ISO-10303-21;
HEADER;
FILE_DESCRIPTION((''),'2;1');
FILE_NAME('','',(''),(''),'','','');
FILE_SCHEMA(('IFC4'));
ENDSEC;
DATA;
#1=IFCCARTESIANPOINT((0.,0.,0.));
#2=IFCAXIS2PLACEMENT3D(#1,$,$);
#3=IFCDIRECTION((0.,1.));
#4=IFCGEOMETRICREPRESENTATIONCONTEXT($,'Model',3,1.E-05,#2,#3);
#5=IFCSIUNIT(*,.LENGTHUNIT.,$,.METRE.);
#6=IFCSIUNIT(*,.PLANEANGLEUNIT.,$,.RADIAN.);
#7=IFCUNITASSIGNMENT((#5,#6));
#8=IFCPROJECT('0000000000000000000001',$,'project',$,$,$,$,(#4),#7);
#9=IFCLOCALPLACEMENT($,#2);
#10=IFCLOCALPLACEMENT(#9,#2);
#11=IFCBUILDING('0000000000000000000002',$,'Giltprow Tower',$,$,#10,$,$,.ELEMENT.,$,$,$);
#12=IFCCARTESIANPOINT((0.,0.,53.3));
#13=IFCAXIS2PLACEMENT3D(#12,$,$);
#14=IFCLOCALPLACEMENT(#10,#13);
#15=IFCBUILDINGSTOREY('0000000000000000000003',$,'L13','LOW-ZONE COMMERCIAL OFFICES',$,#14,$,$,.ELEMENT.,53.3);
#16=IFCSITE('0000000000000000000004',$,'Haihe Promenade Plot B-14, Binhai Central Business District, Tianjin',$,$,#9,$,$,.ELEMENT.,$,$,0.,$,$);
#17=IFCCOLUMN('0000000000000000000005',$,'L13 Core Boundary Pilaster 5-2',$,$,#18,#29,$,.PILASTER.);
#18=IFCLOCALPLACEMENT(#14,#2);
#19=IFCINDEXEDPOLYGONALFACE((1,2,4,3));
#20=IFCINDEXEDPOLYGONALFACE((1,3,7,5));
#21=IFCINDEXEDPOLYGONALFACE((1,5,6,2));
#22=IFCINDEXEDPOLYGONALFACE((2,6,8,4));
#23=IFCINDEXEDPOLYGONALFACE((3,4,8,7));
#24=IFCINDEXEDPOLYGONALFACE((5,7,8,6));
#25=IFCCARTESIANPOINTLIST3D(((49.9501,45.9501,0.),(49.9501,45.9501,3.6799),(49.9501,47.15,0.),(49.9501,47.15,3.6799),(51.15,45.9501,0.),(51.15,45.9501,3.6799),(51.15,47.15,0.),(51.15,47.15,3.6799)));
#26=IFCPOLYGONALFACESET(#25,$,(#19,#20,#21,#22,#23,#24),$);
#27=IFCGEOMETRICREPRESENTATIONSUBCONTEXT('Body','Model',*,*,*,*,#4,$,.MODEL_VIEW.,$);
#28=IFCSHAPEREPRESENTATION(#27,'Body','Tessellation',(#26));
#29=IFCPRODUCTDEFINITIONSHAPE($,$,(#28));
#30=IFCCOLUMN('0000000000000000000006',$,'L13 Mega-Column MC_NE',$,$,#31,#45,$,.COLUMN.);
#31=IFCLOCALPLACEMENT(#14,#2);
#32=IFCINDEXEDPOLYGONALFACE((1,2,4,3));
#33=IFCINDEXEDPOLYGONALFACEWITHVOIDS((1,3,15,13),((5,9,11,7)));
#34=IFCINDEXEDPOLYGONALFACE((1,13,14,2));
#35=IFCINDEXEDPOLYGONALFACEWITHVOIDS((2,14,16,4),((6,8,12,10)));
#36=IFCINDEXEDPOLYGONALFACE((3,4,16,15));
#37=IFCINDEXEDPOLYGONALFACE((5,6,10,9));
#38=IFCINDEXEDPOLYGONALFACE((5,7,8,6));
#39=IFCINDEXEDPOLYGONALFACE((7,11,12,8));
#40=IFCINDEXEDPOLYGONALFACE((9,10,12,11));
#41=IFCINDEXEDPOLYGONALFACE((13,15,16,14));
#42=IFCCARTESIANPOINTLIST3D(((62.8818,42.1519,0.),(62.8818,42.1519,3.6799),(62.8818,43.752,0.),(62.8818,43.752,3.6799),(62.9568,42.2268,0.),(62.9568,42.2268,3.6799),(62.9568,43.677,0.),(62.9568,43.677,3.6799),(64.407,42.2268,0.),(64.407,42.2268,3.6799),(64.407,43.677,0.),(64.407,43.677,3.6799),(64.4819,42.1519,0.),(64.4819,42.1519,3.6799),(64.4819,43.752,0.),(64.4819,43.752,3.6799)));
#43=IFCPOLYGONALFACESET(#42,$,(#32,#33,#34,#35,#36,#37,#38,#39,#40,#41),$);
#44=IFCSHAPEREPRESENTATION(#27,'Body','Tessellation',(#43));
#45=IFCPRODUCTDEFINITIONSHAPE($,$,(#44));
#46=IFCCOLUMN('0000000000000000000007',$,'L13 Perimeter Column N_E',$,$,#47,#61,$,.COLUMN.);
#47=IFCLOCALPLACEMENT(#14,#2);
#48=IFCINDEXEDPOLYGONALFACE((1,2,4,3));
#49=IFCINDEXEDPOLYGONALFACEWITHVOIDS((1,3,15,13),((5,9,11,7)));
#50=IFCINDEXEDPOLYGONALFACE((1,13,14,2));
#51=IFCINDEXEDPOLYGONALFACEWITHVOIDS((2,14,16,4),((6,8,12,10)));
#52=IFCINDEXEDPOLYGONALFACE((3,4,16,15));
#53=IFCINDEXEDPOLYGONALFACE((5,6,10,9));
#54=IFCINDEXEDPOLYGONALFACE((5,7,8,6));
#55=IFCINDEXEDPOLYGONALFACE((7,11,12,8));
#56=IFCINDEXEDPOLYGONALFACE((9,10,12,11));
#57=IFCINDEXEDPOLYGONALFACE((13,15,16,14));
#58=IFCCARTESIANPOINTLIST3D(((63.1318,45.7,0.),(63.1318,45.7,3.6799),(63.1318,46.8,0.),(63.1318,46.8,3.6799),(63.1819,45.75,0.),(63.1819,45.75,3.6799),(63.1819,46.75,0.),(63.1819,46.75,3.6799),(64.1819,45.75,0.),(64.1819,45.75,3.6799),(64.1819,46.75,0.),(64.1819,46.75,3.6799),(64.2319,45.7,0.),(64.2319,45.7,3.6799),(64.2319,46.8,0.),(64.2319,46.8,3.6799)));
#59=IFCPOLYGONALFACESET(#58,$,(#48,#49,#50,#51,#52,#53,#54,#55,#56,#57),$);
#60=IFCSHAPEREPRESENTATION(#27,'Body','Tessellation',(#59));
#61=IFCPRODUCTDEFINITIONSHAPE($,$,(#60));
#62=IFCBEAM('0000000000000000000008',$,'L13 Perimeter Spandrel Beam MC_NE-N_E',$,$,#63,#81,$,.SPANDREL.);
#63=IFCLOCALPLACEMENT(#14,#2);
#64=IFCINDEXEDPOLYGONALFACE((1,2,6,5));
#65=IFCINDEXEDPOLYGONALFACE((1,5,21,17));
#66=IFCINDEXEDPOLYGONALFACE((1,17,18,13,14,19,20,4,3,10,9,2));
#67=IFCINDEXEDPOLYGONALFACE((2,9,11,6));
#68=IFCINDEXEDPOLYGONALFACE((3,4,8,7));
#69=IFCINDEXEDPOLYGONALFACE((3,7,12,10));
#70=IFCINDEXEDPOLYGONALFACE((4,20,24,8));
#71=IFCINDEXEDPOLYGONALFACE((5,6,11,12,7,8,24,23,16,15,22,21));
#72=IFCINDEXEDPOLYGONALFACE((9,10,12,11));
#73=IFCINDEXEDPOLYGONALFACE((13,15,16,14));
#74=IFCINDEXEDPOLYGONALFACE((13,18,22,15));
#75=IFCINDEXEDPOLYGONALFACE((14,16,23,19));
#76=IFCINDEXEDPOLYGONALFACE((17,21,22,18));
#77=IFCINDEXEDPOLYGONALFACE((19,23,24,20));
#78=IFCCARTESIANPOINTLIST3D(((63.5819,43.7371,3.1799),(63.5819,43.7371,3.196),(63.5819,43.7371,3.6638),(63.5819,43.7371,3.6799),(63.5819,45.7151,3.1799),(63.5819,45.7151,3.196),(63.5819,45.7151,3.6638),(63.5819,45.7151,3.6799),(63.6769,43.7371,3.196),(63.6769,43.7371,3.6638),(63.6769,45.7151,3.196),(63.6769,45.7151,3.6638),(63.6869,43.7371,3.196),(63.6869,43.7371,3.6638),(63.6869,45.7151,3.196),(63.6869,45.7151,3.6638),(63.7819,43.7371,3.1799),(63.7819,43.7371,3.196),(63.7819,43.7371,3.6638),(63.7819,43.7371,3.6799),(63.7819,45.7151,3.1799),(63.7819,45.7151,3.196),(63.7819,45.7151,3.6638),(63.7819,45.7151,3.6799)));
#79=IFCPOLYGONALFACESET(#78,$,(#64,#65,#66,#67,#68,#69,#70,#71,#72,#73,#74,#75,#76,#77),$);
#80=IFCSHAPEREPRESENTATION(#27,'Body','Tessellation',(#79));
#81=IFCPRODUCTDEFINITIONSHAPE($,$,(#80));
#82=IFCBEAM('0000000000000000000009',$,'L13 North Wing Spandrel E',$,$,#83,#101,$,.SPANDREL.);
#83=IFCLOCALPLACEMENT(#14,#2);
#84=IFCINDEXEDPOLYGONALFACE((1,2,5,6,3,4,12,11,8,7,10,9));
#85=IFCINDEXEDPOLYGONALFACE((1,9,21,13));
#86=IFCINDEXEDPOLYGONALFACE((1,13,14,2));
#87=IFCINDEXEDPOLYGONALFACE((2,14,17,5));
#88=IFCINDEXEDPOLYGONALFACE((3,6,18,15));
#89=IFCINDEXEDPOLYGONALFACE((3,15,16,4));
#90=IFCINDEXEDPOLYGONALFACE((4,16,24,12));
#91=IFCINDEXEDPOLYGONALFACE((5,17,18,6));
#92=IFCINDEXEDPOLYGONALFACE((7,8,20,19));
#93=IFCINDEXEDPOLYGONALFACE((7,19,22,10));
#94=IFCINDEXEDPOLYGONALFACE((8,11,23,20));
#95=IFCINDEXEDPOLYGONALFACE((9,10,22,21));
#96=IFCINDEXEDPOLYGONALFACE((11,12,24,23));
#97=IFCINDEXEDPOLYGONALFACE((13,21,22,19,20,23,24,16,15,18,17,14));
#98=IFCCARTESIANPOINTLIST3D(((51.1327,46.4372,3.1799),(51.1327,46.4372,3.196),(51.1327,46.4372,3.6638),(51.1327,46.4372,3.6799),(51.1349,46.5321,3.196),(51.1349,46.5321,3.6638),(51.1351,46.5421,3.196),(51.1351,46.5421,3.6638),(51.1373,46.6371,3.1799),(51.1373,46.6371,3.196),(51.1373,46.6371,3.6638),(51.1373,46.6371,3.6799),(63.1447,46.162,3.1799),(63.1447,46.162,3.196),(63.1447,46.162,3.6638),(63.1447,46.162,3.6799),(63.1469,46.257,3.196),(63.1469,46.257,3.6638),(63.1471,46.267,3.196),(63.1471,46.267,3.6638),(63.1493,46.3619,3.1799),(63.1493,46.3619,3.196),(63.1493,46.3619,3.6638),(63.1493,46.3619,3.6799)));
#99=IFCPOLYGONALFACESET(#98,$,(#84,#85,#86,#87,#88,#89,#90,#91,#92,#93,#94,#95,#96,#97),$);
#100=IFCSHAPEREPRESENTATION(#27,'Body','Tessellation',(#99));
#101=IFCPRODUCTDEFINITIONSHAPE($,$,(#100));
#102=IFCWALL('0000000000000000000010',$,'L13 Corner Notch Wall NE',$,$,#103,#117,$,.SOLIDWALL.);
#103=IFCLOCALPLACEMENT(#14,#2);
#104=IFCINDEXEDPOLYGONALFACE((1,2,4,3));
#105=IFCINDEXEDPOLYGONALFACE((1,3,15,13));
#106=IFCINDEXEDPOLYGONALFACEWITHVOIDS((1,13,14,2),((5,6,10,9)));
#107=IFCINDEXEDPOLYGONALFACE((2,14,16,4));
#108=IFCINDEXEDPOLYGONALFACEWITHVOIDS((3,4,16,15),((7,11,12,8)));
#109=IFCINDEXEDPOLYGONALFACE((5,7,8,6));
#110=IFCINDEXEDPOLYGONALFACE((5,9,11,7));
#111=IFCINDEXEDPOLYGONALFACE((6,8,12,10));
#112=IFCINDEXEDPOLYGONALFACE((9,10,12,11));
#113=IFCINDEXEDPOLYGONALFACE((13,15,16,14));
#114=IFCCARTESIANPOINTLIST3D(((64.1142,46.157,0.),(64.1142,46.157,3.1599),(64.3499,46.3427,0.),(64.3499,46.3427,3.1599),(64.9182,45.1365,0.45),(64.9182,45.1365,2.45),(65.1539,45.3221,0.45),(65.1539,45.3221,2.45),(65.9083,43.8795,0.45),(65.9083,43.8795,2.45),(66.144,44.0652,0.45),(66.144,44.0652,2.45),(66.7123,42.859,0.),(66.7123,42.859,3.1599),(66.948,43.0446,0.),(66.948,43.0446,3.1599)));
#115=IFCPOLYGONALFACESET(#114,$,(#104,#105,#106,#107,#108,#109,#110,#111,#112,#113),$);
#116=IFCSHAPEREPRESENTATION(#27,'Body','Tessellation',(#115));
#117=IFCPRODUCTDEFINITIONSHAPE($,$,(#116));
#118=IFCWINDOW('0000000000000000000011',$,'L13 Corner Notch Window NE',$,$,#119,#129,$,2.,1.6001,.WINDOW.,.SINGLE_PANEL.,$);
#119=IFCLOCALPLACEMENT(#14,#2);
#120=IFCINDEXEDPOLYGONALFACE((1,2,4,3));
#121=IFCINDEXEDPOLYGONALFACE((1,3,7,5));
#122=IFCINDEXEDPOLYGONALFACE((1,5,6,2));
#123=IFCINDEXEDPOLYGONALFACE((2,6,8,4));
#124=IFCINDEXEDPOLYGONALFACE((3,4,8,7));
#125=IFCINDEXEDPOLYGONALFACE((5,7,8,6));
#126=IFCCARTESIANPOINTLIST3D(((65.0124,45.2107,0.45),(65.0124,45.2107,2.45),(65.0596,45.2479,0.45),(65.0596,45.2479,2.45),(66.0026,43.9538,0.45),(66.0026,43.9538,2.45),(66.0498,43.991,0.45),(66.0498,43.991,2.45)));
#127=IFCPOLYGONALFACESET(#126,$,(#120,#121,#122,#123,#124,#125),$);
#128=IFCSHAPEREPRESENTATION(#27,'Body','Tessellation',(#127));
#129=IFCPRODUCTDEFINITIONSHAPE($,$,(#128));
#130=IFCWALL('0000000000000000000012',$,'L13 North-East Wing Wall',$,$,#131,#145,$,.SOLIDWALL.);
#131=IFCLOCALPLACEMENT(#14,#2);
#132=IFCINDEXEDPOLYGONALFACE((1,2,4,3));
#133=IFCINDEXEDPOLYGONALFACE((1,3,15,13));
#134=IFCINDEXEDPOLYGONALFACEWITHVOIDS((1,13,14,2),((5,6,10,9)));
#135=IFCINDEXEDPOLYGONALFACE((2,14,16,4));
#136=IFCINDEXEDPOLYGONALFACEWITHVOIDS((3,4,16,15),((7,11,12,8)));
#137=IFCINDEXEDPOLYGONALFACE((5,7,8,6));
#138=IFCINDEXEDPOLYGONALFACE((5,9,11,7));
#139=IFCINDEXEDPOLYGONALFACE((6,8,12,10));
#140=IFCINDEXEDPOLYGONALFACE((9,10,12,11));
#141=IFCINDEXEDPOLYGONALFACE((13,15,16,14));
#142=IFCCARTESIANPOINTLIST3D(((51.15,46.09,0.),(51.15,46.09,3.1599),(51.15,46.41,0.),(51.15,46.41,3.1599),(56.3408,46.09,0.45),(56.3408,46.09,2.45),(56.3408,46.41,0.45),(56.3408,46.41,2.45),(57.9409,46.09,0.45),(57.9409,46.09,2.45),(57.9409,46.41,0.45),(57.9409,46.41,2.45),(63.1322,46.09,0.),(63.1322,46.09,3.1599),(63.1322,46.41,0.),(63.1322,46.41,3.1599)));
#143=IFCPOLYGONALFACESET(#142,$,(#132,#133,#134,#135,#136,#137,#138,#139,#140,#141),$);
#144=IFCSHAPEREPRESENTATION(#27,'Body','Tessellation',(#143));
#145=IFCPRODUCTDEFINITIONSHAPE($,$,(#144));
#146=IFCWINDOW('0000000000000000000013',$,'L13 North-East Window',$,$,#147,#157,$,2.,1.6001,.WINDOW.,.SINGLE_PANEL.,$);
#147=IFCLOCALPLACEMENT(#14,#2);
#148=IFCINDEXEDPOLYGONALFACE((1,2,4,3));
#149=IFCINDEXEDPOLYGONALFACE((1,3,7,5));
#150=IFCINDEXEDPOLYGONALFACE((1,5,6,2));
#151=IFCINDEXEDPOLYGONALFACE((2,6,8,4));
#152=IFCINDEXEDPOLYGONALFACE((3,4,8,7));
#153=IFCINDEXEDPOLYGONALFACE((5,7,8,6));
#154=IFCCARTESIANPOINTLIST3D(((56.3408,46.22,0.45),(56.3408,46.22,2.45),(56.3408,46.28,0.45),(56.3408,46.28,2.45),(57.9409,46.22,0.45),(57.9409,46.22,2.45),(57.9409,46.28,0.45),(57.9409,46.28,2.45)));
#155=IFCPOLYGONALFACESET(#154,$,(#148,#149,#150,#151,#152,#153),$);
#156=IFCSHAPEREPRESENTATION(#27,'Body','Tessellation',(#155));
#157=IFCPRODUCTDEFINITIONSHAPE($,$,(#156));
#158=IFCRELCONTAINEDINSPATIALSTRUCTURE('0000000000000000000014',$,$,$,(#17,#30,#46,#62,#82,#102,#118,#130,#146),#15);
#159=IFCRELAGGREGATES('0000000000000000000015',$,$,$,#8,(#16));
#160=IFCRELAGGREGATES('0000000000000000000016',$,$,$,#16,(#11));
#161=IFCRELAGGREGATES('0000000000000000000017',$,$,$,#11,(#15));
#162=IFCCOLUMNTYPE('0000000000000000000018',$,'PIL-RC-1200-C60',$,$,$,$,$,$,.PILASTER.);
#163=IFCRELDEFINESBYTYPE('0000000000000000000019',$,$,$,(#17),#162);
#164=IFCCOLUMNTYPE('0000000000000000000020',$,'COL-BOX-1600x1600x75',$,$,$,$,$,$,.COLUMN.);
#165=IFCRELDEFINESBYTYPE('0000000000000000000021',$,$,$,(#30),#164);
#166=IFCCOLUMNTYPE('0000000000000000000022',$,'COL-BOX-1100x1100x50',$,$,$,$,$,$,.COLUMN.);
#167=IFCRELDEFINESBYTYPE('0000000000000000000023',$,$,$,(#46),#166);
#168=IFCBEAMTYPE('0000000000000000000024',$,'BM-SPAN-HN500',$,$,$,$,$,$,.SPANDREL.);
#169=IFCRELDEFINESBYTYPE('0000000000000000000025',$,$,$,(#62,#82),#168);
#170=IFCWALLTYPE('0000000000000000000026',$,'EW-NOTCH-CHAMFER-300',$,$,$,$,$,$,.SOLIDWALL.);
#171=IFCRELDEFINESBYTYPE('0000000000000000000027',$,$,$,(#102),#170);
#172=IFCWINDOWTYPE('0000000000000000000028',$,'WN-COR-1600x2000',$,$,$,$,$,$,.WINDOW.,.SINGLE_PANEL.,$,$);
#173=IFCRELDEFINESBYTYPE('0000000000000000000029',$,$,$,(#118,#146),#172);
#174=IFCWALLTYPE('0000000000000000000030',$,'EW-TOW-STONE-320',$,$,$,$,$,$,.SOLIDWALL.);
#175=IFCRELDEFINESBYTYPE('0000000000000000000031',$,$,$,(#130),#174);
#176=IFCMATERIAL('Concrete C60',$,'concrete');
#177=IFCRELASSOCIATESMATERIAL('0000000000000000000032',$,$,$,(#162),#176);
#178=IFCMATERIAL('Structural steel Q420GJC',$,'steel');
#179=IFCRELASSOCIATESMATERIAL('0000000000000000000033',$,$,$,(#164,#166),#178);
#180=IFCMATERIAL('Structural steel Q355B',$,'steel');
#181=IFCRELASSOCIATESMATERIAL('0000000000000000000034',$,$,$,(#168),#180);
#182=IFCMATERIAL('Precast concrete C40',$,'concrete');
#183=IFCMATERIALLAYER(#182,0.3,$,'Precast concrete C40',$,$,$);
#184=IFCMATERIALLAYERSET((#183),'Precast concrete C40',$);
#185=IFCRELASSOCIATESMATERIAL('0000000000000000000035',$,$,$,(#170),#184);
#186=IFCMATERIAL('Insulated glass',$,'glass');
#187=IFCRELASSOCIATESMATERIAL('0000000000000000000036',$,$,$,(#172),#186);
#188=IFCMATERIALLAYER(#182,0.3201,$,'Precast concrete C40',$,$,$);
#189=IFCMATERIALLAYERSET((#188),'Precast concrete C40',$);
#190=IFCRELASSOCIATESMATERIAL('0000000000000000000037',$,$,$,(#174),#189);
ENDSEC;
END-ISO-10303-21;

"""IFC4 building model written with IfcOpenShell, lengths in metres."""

from ifc_helpers import new_model, si_unit, direction, frame, frame_2d, origin, origin_2d, place, context, subcontext, project, spatial, rectangle, hollow_rectangle, i_section, extrude, source, transform, mapped, material, layer, layer_set, material_profile, profile_set, type_object, element, fill, save


model = new_model("IFC4")

# Units and contexts
model_context = context("Model", 3, precision=1e-05, world=origin(), true_north=direction((0.0, 1.0)))
body_context = subcontext(model_context, "Body", "Model", "MODEL_VIEW")
ifc_project = project(units=[si_unit("LENGTHUNIT", "METRE"), si_unit("PLANEANGLEUNIT", "RADIAN")], contexts=[model_context])

# Site, building, storey
site_placement = place(None, origin())
site = spatial("IfcSite", under=ifc_project, at=site_placement, Name="Haihe Promenade Plot B-14, Binhai Central Business District, Tianjin", CompositionType="ELEMENT", RefElevation=0.0)
building_placement = place(site_placement, origin())
building = spatial("IfcBuilding", under=site, at=building_placement, Name="Giltprow Tower", CompositionType="ELEMENT")
storey_placement = place(building_placement, frame((0.0, 0.0, 53.3)))
storey = spatial("IfcBuildingStorey", under=building, at=storey_placement, Name="L13", Description="LOW-ZONE COMMERCIAL OFFICES", CompositionType="ELEMENT", Elevation=53.3)

# Columns
ifc_material_1 = material(Name="Concrete C60", Category="concrete")
ifc_material_profile_1 = material_profile(ifc_material_1, rectangle(XDim=1.2, YDim=1.2, at=origin_2d()), Name="RC 1200x1200")
ifc_profile_set_1 = profile_set([ifc_material_profile_1], Name="Concrete C60")
column_type_1 = type_object("IfcColumnType", Name="PIL-RC-1200-C60", PredefinedType="PILASTER", material=ifc_profile_set_1)
shared_shape_1 = source(origin(), body_context, "Body", "SweptSolid", [
    extrude(rectangle(XDim=1.2, YDim=1.2, at=origin_2d()), origin(), (0.0, 0.0, 1.0), 3.6799),
])
column_1_placement = place(storey_placement, frame((50.55, 46.55, 0.0), z_axis=(0.0, 0.0, 1.0), x_axis=(1.0, 0.0, 0.0)))
element("IfcColumn", 1, at=column_1_placement, inside=storey, type_object=column_type_1, Name="L13 Core Boundary Pilaster 5-2", PredefinedType="PILASTER", context=body_context, shape_type="MappedRepresentation", body=[
    mapped(shared_shape_1, transform((0.0, 0.0, 0.0), x_axis=(1.0, 0.0, 0.0), y_axis=(0.0, 1.0, 0.0), z_axis=(0.0, 0.0, 1.0), scale=1.0)),
])
ifc_material_2 = material(Name="Structural steel Q420GJC", Category="steel")
ifc_material_profile_2 = material_profile(ifc_material_2, hollow_rectangle(XDim=1.6001, YDim=1.6001, WallThickness=0.075, at=origin_2d()), Name="BOX 1600x1600x75")
ifc_profile_set_2 = profile_set([ifc_material_profile_2], Name="Structural steel Q420GJC")
column_type_2 = type_object("IfcColumnType", Name="COL-BOX-1600x1600x75", PredefinedType="COLUMN", material=ifc_profile_set_2)
shared_shape_2 = source(origin(), body_context, "Body", "SweptSolid", [
    extrude(hollow_rectangle(XDim=1.6001, YDim=1.6001, WallThickness=0.075, at=origin_2d()), origin(), (0.0, 0.0, 1.0), 3.6799),
])
column_2_placement = place(storey_placement, frame((63.6819, 42.9519, 0.0), z_axis=(0.0, 0.0, 1.0), x_axis=(1.0, 0.0, 0.0)))
element("IfcColumn", 2, at=column_2_placement, inside=storey, type_object=column_type_2, Name="L13 Mega-Column MC_NE", PredefinedType="COLUMN", context=body_context, shape_type="MappedRepresentation", body=[
    mapped(shared_shape_2, transform((0.0, 0.0, 0.0), x_axis=(1.0, 0.0, 0.0), y_axis=(0.0, 1.0, 0.0), z_axis=(0.0, 0.0, 1.0), scale=1.0)),
])
ifc_material_profile_3 = material_profile(ifc_material_2, hollow_rectangle(XDim=1.1001, YDim=1.1001, WallThickness=0.05, at=origin_2d()), Name="BOX 1100x1100x50")
ifc_profile_set_3 = profile_set([ifc_material_profile_3], Name="Structural steel Q420GJC")
column_type_3 = type_object("IfcColumnType", Name="COL-BOX-1100x1100x50", PredefinedType="COLUMN", material=ifc_profile_set_3)
shared_shape_3 = source(origin(), body_context, "Body", "SweptSolid", [
    extrude(hollow_rectangle(XDim=1.1001, YDim=1.1001, WallThickness=0.05, at=origin_2d()), origin(), (0.0, 0.0, 1.0), 3.6799),
])
column_3_placement = place(storey_placement, frame((63.6819, 46.25, 0.0), z_axis=(0.0, 0.0, 1.0), x_axis=(1.0, 0.0, 0.0)))
element("IfcColumn", 3, at=column_3_placement, inside=storey, type_object=column_type_3, Name="L13 Perimeter Column N_E", PredefinedType="COLUMN", context=body_context, shape_type="MappedRepresentation", body=[
    mapped(shared_shape_3, transform((0.0, 0.0, 0.0), x_axis=(1.0, 0.0, 0.0), y_axis=(0.0, 1.0, 0.0), z_axis=(0.0, 0.0, 1.0), scale=1.0)),
])

# Beams
ifc_material_3 = material(Name="Structural steel Q355B", Category="steel")
ifc_material_profile_4 = material_profile(ifc_material_3, i_section(OverallWidth=0.2, OverallDepth=0.5, WebThickness=0.01, FlangeThickness=0.0161, at=origin_2d()), Name="HN 500x200x10x16")
ifc_profile_set_4 = profile_set([ifc_material_profile_4], Name="Structural steel Q355B")
beam_type = type_object("IfcBeamType", Name="BM-SPAN-HN500", PredefinedType="SPANDREL", material=ifc_profile_set_4)
shared_shape_4 = source(origin(), body_context, "Body", "SweptSolid", [
    extrude(i_section(OverallWidth=0.2, OverallDepth=0.5, WebThickness=0.01, FlangeThickness=0.0161, at=origin_2d()), origin(), (0.0, 0.0, 1.0), 1.978),
])
beam_1_placement = place(storey_placement, frame((63.6819, 43.7371, 3.4299), z_axis=(0.0, 1.0, 0.0), x_axis=(-1.0, 0.0, 0.0)))
element("IfcBeam", 4, at=beam_1_placement, inside=storey, type_object=beam_type, Name="L13 Perimeter Spandrel Beam MC_NE-N_E", PredefinedType="SPANDREL", context=body_context, shape_type="MappedRepresentation", body=[
    mapped(shared_shape_4, transform((0.0, 0.0, 0.0), x_axis=(1.0, 0.0, 0.0), y_axis=(0.0, 1.0, 0.0), z_axis=(0.0, 0.0, 1.0), scale=1.0)),
])
shared_shape_5 = source(origin(), body_context, "Body", "SweptSolid", [
    extrude(i_section(OverallWidth=0.2, OverallDepth=0.5, WebThickness=0.01, FlangeThickness=0.0161, at=origin_2d()), origin(), (0.0, 0.0, 1.0), 12.0151),
])
beam_2_placement = place(storey_placement, frame((51.135, 46.5371, 3.4299), z_axis=(0.999738, -0.0229, 0.0), x_axis=(0.0229, 0.999738, 0.0)))
element("IfcBeam", 5, at=beam_2_placement, inside=storey, type_object=beam_type, Name="L13 North Wing Spandrel E", PredefinedType="SPANDREL", context=body_context, shape_type="MappedRepresentation", body=[
    mapped(shared_shape_5, transform((0.0, 0.0, 0.0), x_axis=(1.0, 0.0, 0.0), y_axis=(0.0, 1.0, 0.0), z_axis=(0.0, 0.0, 1.0), scale=1.0)),
])

# Walls, openings, windows
ifc_material_4 = material(Name="Precast concrete C40", Category="concrete")
ifc_layer_1 = layer(ifc_material_4, 0.3, Name="Precast concrete C40")
ifc_layer_set_1 = layer_set([ifc_layer_1], Name="Precast concrete C40")
wall_type_1 = type_object("IfcWallType", Name="EW-NOTCH-CHAMFER-300", PredefinedType="SOLIDWALL", material=ifc_layer_set_1)
wall_1_placement = place(storey_placement, frame((66.8301, 42.9519, 0.0), z_axis=(0.0, 0.0, 1.0), x_axis=(-0.61882, 0.785533, 0.0)))
wall_1 = element("IfcWall", 6, at=wall_1_placement, inside=storey, type_object=wall_type_1, Name="L13 Corner Notch Wall NE", PredefinedType="SOLIDWALL", context=body_context, shape_type="SweptSolid", body=[
    extrude(rectangle(XDim=4.1985, YDim=0.3, at=frame_2d((2.0991, 0.0))), origin(), (0.0, 0.0, 1.0), 3.1599),
])
opening_1_placement = place(wall_1_placement, frame((1.2991, 0.0, 0.45)))
opening_1 = element("IfcOpeningElement", 7, at=opening_1_placement, cuts=wall_1, PredefinedType="OPENING", context=body_context, shape_type="SweptSolid", body=[
    extrude(rectangle(XDim=1.6001, YDim=2.0, at=frame_2d((0.8, 1.0))), frame((0.0, 0.1599, 0.0), z_axis=(0.0, -1.0, 0.0), x_axis=(1.0, 0.0, 0.0)), (0.0, 0.0, 1.0), 0.3201),
])
ifc_material_5 = material(Name="Insulated glass", Category="glass")
window_type = type_object("IfcWindowType", Name="WN-COR-1600x2000", PartitioningType="SINGLE_PANEL", PredefinedType="WINDOW", material=ifc_material_5)
shared_shape_6 = source(origin(), body_context, "Body", "SweptSolid", [
    extrude(rectangle(XDim=1.6001, YDim=2.0, at=frame_2d((0.8, 1.0))), frame((0.0, 0.03, 0.0), z_axis=(0.0, -1.0, 0.0), x_axis=(1.0, 0.0, 0.0)), (0.0, 0.0, 1.0), 0.0601),
])
window_1_placement = place(opening_1_placement, origin())
window_1 = element("IfcWindow", 8, at=window_1_placement, inside=storey, type_object=window_type, Name="L13 Corner Notch Window NE", OverallHeight=2.0, OverallWidth=1.6001, PartitioningType="SINGLE_PANEL", PredefinedType="WINDOW", context=body_context, shape_type="MappedRepresentation", body=[
    mapped(shared_shape_6, transform((0.0, 0.0, 0.0), x_axis=(1.0, 0.0, 0.0), y_axis=(0.0, 1.0, 0.0), z_axis=(0.0, 0.0, 1.0), scale=1.0)),
])
fill(opening_1, window_1)
ifc_layer_2 = layer(ifc_material_4, 0.3201, Name="Precast concrete C40")
ifc_layer_set_2 = layer_set([ifc_layer_2], Name="Precast concrete C40")
wall_type_2 = type_object("IfcWallType", Name="EW-TOW-STONE-320", PredefinedType="SOLIDWALL", material=ifc_layer_set_2)
wall_2_placement = place(storey_placement, frame((51.1499, 46.25, 0.0), z_axis=(0.0, 0.0, 1.0), x_axis=(1.0, 0.0, 0.0)))
wall_2 = element("IfcWall", 9, at=wall_2_placement, inside=storey, type_object=wall_type_2, Name="L13 North-East Wing Wall", PredefinedType="SOLIDWALL", context=body_context, shape_type="SweptSolid", body=[
    extrude(rectangle(XDim=11.9822, YDim=0.3201, at=frame_2d((5.9912, 0.0))), origin(), (0.0, 0.0, 1.0), 3.1599),
])
opening_2_placement = place(wall_2_placement, frame((5.1909, 0.0, 0.45)))
opening_2 = element("IfcOpeningElement", 10, at=opening_2_placement, cuts=wall_2, PredefinedType="OPENING", context=body_context, shape_type="SweptSolid", body=[
    extrude(rectangle(XDim=1.6001, YDim=2.0, at=frame_2d((0.8, 1.0))), frame((0.0, 0.1699, 0.0), z_axis=(0.0, -1.0, 0.0), x_axis=(1.0, 0.0, 0.0)), (0.0, 0.0, 1.0), 0.3401),
])
window_2_placement = place(opening_2_placement, origin())
window_2 = element("IfcWindow", 11, at=window_2_placement, inside=storey, type_object=window_type, Name="L13 North-East Window", OverallHeight=2.0, OverallWidth=1.6001, PartitioningType="SINGLE_PANEL", PredefinedType="WINDOW", context=body_context, shape_type="MappedRepresentation", body=[
    mapped(shared_shape_6, transform((0.0, 0.0, 0.0), x_axis=(1.0, 0.0, 0.0), y_axis=(0.0, 1.0, 0.0), z_axis=(0.0, 0.0, 1.0), scale=1.0)),
])
fill(opening_2, window_2)

save(model, "model.ifc")
